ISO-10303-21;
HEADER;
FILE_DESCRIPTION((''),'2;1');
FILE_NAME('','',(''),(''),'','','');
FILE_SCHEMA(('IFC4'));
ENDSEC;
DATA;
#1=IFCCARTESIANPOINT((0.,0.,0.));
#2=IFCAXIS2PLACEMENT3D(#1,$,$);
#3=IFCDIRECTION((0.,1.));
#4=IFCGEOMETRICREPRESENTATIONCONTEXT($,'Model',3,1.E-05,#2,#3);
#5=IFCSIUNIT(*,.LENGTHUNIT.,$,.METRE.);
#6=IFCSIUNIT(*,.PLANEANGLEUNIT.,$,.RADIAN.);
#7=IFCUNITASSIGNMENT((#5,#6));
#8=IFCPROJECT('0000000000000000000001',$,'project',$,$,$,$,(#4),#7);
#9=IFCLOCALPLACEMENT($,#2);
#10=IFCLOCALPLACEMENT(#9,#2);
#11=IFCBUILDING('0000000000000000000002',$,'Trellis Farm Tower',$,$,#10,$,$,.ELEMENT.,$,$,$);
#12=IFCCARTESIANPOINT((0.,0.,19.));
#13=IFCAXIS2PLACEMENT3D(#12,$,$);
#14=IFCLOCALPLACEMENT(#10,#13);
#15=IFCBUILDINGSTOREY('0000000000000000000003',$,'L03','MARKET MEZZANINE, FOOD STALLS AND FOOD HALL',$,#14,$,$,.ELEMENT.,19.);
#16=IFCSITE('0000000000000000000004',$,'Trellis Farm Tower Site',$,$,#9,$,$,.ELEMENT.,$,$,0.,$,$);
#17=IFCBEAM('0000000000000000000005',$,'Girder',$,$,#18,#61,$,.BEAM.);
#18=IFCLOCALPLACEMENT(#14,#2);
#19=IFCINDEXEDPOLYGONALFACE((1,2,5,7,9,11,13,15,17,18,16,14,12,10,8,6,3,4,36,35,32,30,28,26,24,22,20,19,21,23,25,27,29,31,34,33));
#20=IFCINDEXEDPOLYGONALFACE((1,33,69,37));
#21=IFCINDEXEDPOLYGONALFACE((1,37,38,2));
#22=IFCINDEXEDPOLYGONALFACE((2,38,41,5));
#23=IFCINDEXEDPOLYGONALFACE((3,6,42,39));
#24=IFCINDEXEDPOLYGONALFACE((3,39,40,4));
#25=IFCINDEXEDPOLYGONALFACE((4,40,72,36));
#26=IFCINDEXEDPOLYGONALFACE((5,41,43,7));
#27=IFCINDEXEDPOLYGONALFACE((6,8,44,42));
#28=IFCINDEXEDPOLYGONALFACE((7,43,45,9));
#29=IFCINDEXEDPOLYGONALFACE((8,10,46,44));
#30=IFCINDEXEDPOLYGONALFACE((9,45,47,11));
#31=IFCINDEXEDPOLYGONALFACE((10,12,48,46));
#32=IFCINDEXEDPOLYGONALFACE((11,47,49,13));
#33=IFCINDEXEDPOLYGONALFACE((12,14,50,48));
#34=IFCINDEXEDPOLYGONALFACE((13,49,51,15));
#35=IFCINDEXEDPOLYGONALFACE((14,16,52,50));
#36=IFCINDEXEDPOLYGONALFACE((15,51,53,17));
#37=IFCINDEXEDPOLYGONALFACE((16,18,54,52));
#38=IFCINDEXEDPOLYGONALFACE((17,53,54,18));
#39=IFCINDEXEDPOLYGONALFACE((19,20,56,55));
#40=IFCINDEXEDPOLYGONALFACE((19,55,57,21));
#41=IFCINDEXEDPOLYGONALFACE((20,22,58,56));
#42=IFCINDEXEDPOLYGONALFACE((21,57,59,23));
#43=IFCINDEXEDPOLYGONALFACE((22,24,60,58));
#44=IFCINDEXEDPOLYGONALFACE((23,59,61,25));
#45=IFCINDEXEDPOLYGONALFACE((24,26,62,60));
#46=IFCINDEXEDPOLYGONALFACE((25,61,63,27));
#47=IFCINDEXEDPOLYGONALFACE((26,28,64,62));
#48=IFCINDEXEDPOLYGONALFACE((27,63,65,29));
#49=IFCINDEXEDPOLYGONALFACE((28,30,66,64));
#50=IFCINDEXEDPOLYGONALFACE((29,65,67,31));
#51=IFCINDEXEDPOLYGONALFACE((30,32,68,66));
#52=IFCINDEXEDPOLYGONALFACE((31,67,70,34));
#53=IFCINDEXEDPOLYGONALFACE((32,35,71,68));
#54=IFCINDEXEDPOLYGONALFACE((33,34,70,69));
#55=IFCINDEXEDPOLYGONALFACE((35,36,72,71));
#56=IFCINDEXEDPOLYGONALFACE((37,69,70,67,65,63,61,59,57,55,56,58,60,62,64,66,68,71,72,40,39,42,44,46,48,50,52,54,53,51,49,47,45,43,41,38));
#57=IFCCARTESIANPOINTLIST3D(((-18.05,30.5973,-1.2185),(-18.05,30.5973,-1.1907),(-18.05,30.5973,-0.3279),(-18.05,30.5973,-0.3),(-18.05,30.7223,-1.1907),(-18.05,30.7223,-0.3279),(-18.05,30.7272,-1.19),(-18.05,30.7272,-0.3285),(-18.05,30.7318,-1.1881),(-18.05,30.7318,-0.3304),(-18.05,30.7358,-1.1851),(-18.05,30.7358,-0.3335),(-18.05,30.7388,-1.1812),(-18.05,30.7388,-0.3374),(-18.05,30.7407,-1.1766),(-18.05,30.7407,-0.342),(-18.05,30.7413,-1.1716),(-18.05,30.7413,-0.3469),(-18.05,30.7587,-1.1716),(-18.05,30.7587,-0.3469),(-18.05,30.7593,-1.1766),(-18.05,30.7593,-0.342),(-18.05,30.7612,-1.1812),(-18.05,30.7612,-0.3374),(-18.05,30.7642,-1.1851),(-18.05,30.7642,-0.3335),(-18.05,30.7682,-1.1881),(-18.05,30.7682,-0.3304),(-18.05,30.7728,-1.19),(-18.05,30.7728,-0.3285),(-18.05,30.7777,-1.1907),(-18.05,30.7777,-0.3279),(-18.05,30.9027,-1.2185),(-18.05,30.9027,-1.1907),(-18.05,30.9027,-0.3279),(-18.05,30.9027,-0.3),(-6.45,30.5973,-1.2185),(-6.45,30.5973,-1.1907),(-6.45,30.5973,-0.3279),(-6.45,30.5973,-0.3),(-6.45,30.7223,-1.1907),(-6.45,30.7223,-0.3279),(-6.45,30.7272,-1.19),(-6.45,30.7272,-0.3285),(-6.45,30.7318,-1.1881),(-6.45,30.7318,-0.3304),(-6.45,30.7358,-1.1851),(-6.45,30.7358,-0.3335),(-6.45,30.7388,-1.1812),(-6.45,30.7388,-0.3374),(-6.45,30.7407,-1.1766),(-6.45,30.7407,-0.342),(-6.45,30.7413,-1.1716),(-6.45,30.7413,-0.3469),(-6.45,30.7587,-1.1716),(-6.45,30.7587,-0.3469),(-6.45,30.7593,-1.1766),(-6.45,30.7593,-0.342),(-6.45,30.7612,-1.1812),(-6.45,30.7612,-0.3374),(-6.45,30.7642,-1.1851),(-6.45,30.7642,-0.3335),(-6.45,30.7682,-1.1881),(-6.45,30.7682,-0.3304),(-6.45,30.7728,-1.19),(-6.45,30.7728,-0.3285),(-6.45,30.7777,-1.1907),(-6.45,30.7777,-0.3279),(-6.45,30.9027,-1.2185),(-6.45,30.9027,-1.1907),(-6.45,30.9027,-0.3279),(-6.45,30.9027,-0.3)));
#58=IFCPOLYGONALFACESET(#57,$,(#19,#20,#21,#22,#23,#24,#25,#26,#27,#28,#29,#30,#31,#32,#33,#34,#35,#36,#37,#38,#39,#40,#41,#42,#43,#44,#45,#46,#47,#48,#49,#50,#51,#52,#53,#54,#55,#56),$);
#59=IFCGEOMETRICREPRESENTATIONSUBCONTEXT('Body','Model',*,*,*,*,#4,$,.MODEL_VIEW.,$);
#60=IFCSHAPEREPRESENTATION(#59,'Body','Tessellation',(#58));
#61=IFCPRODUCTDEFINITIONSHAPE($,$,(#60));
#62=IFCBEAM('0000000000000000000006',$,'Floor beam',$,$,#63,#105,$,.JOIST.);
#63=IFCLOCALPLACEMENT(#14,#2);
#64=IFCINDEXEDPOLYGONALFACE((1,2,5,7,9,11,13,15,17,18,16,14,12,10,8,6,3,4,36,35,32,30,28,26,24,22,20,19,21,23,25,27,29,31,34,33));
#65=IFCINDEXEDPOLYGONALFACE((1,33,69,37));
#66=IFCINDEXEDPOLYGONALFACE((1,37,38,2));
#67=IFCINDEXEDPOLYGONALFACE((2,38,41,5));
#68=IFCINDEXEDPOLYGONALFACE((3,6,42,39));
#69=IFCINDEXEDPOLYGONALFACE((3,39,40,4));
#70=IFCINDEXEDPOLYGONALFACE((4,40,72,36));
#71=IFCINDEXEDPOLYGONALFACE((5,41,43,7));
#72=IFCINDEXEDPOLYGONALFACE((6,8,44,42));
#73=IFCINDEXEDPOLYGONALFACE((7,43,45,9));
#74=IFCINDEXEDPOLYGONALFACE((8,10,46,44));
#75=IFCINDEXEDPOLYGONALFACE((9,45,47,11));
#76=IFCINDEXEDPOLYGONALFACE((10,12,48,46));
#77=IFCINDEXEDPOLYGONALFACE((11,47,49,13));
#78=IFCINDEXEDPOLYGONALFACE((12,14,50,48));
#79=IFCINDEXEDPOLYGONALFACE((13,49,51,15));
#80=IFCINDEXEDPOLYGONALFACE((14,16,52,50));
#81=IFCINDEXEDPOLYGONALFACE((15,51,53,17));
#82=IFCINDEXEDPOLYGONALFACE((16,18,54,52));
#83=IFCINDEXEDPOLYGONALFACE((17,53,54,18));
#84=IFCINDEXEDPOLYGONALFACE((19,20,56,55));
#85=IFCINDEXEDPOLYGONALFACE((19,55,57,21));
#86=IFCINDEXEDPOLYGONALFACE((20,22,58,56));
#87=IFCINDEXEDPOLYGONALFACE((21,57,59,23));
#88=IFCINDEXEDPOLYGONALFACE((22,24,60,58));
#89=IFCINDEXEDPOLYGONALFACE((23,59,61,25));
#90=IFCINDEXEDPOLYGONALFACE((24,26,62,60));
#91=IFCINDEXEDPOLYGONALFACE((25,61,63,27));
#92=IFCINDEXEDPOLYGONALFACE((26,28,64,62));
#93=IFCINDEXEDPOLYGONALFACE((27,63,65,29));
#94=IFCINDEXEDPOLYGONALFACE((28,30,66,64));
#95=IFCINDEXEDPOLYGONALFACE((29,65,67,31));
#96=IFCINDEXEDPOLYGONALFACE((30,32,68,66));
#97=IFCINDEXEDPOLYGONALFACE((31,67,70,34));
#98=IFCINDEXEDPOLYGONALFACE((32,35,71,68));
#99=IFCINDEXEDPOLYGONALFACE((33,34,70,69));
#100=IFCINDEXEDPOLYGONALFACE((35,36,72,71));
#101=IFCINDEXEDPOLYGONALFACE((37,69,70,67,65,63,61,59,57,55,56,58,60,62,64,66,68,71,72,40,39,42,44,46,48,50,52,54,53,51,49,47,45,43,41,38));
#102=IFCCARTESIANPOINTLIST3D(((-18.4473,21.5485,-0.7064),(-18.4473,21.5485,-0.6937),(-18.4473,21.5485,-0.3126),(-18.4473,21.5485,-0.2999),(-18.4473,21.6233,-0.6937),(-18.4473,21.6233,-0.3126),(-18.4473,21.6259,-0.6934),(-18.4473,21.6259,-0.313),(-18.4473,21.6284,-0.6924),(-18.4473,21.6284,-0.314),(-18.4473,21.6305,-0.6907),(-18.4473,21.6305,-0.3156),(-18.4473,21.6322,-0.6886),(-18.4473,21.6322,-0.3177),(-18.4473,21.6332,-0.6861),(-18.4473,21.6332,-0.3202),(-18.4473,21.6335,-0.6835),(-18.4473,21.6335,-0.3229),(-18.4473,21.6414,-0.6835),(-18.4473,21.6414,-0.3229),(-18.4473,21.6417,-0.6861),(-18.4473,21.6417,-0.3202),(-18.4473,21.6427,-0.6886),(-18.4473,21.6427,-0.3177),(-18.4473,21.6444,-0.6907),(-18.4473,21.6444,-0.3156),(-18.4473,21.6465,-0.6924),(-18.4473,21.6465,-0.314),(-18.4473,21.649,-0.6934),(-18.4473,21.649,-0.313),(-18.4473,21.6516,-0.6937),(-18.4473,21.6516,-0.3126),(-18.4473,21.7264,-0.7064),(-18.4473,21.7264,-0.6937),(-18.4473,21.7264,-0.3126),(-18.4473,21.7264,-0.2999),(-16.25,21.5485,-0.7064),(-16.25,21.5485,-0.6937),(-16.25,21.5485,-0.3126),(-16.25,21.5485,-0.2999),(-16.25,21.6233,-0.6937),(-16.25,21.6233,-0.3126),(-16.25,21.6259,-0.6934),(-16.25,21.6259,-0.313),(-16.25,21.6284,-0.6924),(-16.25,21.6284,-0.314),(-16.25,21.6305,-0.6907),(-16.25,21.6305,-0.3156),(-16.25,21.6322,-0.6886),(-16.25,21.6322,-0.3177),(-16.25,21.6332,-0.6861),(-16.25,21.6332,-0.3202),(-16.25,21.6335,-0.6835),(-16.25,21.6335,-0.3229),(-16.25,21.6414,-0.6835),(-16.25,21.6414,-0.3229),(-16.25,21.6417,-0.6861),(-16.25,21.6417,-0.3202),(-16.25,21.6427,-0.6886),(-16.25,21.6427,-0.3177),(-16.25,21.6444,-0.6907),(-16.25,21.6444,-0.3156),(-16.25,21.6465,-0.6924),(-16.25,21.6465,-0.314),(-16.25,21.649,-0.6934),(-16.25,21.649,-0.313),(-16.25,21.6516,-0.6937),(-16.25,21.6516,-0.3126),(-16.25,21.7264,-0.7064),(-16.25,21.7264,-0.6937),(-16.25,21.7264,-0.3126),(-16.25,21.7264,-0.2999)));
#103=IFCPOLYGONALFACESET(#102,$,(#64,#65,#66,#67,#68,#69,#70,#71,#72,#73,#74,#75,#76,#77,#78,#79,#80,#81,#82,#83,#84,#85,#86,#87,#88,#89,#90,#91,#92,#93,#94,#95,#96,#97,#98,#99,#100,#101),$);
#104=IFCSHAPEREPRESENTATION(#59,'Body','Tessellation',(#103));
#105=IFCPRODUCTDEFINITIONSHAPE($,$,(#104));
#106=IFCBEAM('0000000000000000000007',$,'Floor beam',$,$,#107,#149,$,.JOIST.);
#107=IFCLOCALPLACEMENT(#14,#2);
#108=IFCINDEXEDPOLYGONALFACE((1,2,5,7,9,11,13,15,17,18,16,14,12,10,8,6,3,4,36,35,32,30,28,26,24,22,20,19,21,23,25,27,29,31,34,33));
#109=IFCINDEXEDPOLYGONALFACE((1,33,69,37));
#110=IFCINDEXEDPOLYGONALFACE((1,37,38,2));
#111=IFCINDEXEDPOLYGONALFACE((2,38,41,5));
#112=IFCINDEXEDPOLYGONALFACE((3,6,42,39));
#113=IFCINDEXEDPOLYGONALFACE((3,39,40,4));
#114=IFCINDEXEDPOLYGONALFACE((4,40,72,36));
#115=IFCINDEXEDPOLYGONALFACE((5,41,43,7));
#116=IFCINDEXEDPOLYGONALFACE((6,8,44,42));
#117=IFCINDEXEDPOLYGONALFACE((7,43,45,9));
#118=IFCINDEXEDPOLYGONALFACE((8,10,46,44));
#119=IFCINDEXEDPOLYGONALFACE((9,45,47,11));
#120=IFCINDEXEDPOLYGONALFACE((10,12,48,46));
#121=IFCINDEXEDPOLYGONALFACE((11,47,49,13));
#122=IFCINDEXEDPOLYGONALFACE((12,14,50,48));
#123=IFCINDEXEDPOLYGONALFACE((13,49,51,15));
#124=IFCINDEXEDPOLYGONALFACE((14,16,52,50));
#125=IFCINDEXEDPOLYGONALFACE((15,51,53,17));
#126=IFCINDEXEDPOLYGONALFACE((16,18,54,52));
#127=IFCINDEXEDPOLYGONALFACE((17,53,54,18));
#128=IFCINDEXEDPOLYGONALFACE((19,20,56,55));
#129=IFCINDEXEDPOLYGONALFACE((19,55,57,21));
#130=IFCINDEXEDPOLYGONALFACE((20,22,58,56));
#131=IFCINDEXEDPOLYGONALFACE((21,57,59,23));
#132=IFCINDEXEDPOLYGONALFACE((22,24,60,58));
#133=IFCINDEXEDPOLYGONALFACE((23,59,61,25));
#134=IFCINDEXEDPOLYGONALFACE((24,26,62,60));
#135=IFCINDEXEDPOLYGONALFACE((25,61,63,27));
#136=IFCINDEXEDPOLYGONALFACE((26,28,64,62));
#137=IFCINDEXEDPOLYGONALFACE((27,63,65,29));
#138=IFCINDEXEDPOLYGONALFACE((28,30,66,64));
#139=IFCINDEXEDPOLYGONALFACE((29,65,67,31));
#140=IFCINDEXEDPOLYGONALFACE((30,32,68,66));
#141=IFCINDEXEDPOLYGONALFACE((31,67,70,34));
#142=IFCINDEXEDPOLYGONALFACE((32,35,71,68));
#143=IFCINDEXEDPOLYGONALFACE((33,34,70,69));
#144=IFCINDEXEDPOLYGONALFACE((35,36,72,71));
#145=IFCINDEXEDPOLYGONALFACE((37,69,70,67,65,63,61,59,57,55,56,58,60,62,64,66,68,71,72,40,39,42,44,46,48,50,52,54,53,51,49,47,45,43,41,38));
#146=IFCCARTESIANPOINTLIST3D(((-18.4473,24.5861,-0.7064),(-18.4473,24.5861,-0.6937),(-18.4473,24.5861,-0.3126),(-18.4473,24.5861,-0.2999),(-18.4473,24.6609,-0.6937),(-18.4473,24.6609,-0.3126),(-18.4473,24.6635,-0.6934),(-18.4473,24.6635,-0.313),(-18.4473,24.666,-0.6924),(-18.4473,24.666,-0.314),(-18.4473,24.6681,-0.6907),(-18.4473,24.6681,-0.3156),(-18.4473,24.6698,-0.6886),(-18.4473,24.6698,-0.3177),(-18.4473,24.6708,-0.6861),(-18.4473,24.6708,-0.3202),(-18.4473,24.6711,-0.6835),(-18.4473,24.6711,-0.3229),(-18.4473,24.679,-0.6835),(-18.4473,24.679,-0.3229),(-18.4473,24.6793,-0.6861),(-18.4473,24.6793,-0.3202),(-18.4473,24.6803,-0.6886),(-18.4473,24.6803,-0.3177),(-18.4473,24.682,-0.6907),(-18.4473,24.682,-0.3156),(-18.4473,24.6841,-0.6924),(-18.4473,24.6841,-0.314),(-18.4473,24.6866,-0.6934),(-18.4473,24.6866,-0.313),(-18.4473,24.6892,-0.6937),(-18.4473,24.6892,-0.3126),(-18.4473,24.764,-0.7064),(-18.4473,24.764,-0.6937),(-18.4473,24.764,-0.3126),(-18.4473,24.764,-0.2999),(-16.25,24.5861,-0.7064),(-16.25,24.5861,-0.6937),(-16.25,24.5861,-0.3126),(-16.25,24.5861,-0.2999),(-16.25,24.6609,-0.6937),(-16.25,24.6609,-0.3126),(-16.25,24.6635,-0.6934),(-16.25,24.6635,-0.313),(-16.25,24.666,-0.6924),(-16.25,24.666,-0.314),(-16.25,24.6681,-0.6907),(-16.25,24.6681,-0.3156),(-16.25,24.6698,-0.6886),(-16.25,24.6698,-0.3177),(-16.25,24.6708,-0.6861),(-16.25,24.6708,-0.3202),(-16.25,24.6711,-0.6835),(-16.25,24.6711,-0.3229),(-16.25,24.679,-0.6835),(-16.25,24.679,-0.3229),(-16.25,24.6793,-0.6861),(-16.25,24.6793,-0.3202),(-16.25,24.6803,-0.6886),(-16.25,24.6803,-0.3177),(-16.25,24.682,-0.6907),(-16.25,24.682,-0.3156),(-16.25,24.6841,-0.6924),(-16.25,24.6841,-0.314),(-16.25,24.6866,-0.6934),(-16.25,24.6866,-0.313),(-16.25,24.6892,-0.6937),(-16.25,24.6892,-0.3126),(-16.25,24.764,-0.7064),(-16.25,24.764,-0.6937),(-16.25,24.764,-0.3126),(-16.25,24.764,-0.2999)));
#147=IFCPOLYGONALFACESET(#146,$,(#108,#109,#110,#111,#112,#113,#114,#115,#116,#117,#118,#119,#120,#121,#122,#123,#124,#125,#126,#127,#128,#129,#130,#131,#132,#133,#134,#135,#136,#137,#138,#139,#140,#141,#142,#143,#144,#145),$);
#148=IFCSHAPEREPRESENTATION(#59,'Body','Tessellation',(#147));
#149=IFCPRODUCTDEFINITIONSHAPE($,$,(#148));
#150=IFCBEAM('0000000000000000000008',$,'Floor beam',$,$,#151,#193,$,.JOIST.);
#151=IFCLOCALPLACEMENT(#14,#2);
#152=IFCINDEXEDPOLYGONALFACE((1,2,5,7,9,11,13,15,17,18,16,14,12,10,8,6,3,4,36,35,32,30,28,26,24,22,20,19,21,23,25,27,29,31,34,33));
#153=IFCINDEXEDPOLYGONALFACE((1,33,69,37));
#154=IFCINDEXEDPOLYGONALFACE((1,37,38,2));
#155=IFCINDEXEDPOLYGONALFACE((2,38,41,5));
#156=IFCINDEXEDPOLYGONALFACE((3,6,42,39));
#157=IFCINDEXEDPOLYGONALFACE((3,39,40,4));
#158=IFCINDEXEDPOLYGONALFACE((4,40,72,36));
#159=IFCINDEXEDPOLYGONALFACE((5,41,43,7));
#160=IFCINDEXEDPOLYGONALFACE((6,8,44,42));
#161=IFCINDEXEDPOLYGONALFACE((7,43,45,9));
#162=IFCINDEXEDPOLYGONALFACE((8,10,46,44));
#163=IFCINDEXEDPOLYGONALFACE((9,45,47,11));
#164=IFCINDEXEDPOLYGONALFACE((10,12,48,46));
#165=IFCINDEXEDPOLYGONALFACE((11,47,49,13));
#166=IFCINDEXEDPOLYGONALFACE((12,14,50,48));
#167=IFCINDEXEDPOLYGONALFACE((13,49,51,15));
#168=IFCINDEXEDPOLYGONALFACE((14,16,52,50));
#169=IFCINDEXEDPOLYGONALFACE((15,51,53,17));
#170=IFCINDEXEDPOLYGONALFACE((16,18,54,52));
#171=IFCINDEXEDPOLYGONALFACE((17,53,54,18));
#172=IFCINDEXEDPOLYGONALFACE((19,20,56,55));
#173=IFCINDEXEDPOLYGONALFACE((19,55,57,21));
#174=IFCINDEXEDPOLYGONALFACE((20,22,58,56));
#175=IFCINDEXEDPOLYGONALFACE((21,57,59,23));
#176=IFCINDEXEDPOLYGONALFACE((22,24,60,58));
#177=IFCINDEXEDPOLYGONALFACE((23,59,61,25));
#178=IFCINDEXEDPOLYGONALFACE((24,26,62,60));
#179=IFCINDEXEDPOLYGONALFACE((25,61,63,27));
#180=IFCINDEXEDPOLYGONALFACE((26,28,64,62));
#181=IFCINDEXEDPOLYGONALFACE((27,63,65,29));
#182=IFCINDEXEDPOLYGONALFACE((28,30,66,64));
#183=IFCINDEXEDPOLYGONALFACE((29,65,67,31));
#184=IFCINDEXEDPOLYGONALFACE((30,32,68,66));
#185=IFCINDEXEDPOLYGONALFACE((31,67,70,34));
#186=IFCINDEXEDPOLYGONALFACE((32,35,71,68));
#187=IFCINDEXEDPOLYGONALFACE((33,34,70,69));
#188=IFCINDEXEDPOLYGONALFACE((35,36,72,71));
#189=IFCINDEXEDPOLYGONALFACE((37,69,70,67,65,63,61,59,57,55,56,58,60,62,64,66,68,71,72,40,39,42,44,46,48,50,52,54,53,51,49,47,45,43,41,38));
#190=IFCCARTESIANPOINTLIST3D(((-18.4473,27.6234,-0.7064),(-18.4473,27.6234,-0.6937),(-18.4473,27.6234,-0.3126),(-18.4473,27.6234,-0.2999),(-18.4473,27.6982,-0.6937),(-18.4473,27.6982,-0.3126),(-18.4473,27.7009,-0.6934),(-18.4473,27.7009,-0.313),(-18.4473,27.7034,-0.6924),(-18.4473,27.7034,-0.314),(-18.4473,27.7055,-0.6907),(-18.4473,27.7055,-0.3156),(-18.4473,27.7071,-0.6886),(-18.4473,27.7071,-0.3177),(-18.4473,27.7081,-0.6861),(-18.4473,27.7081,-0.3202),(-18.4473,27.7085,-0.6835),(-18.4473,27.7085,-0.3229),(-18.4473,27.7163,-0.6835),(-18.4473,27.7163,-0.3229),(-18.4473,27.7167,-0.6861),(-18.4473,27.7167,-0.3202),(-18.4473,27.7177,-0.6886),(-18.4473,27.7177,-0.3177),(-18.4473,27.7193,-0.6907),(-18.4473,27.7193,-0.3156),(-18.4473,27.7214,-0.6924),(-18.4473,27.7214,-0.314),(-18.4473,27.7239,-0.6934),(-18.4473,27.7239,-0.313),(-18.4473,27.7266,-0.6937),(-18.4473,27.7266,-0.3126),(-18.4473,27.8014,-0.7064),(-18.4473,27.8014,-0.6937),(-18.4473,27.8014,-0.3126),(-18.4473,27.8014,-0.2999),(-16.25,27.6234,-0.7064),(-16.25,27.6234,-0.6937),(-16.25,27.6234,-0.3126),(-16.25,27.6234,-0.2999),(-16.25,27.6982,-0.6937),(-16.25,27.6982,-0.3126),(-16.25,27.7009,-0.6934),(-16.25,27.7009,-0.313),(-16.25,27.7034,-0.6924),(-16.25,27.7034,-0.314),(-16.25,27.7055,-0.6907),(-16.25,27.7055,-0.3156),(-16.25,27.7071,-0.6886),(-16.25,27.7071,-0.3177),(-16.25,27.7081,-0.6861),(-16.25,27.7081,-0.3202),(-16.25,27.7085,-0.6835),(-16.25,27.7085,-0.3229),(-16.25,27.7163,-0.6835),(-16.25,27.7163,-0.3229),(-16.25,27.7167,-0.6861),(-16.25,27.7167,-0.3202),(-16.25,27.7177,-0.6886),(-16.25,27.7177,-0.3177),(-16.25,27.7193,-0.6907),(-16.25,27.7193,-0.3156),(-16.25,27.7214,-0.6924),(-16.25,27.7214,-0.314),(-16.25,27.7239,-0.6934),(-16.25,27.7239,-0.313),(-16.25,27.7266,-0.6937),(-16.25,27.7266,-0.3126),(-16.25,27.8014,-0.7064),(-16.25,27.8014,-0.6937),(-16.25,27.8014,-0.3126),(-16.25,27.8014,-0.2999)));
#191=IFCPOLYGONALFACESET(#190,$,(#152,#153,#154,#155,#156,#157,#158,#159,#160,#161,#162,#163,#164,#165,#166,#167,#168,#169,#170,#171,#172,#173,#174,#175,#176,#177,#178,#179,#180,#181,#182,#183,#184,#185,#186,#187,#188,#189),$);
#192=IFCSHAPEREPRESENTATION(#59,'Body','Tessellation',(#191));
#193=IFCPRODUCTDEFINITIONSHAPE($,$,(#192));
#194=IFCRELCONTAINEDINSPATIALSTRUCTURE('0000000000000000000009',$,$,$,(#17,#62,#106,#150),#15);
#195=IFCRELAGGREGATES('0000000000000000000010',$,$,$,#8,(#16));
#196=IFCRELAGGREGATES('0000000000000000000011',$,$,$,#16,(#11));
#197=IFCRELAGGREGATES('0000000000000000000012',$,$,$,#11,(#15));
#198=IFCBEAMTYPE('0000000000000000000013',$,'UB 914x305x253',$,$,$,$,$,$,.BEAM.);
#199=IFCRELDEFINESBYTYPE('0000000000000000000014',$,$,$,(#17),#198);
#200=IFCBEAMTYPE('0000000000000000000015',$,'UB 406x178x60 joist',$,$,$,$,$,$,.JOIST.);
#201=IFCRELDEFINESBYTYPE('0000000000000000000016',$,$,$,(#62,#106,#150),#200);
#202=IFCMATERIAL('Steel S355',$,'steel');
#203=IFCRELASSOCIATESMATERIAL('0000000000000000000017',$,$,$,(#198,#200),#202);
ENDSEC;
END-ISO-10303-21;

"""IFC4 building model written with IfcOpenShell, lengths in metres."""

from ifc_helpers import new_model, si_unit, direction, frame, origin, origin_2d, place, context, subcontext, project, spatial, i_section, extrude, source, transform, mapped, material, material_profile, profile_set, type_object, element, save


model = new_model("IFC4")

# Units and contexts
model_context = context("Model", 3, precision=1e-05, world=origin(), true_north=direction((0.0, 1.0)))
body_context = subcontext(model_context, "Body", "Model", "MODEL_VIEW")
ifc_project = project(units=[si_unit("LENGTHUNIT", "METRE"), si_unit("PLANEANGLEUNIT", "RADIAN")], contexts=[model_context])

# Site, building, storey
site_placement = place(None, origin())
site = spatial("IfcSite", under=ifc_project, at=site_placement, Name="Trellis Farm Tower Site", CompositionType="ELEMENT", RefElevation=0.0)
building_placement = place(site_placement, origin())
building = spatial("IfcBuilding", under=site, at=building_placement, Name="Trellis Farm Tower", CompositionType="ELEMENT")
storey_placement = place(building_placement, frame((0.0, 0.0, 19.0)))
storey = spatial("IfcBuildingStorey", under=building, at=storey_placement, Name="L03", Description="MARKET MEZZANINE, FOOD STALLS AND FOOD HALL", CompositionType="ELEMENT", Elevation=19.0)

# Beams
ifc_material_1 = material(Name="Steel S355", Category="steel")
ifc_material_profile_1 = material_profile(ifc_material_1, i_section(OverallWidth=0.3054, OverallDepth=0.9185, WebThickness=0.0173, FlangeThickness=0.0278, FilletRadius=0.019, at=origin_2d()), Name="UB 914x305x253")
ifc_profile_set_1 = profile_set([ifc_material_profile_1], Name="Steel S355")
beam_type_1 = type_object("IfcBeamType", Name="UB 914x305x253", PredefinedType="BEAM", material=ifc_profile_set_1)
shared_shape_1 = source(origin(), body_context, "Body", "SweptSolid", [
    extrude(i_section(OverallWidth=0.3054, OverallDepth=0.9185, WebThickness=0.0173, FlangeThickness=0.0278, FilletRadius=0.019, at=origin_2d()), origin(), (0.0, 0.0, 1.0), 11.6001),
])
beam_1_placement = place(storey_placement, frame((-18.05, 30.75, -0.7593), z_axis=(1.0, 0.0, 0.0), x_axis=(0.0, 1.0, 0.0)))
element("IfcBeam", 1, at=beam_1_placement, inside=storey, type_object=beam_type_1, Name="Girder", PredefinedType="BEAM", context=body_context, shape_type="MappedRepresentation", body=[
    mapped(shared_shape_1, transform((0.0, 0.0, 0.0))),
])
ifc_material_profile_2 = material_profile(ifc_material_1, i_section(OverallWidth=0.178, OverallDepth=0.4065, WebThickness=0.0078, FlangeThickness=0.0127, FilletRadius=0.0103, at=origin_2d()), Name="UB 406x178x60")
ifc_profile_set_2 = profile_set([ifc_material_profile_2], Name="Steel S355")
beam_type_2 = type_object("IfcBeamType", Name="UB 406x178x60 joist", PredefinedType="JOIST", material=ifc_profile_set_2)
shared_shape_2 = source(origin(), body_context, "Body", "SweptSolid", [
    extrude(i_section(OverallWidth=0.178, OverallDepth=0.4065, WebThickness=0.0078, FlangeThickness=0.0127, FilletRadius=0.0103, at=origin_2d()), origin(), (0.0, 0.0, 1.0), 2.1973),
])
for number, where, z_axis, x_axis, name in (
    (2, (-18.4473, 21.6375, -0.5032), (1.0, 0.0, 0.0), (0.0, 1.0, 0.0), "Floor beam"),
    (3, (-18.4473, 24.675, -0.5032), (1.0, 0.0, 0.0), (0.0, 1.0, 0.0), "Floor beam"),
    (4, (-18.4473, 27.7124, -0.5032), (1.0, 0.0, 0.0), (0.0, 1.0, 0.0), "Floor beam"),
):
    element("IfcBeam", number, at=place(storey_placement, frame(where, z_axis=z_axis, x_axis=x_axis)), inside=storey, type_object=beam_type_2, Name=name, PredefinedType="JOIST", context=body_context, shape_type="MappedRepresentation", body=[
        mapped(shared_shape_2, transform((0.0, 0.0, 0.0))),
    ])

save(model, "model.ifc")
